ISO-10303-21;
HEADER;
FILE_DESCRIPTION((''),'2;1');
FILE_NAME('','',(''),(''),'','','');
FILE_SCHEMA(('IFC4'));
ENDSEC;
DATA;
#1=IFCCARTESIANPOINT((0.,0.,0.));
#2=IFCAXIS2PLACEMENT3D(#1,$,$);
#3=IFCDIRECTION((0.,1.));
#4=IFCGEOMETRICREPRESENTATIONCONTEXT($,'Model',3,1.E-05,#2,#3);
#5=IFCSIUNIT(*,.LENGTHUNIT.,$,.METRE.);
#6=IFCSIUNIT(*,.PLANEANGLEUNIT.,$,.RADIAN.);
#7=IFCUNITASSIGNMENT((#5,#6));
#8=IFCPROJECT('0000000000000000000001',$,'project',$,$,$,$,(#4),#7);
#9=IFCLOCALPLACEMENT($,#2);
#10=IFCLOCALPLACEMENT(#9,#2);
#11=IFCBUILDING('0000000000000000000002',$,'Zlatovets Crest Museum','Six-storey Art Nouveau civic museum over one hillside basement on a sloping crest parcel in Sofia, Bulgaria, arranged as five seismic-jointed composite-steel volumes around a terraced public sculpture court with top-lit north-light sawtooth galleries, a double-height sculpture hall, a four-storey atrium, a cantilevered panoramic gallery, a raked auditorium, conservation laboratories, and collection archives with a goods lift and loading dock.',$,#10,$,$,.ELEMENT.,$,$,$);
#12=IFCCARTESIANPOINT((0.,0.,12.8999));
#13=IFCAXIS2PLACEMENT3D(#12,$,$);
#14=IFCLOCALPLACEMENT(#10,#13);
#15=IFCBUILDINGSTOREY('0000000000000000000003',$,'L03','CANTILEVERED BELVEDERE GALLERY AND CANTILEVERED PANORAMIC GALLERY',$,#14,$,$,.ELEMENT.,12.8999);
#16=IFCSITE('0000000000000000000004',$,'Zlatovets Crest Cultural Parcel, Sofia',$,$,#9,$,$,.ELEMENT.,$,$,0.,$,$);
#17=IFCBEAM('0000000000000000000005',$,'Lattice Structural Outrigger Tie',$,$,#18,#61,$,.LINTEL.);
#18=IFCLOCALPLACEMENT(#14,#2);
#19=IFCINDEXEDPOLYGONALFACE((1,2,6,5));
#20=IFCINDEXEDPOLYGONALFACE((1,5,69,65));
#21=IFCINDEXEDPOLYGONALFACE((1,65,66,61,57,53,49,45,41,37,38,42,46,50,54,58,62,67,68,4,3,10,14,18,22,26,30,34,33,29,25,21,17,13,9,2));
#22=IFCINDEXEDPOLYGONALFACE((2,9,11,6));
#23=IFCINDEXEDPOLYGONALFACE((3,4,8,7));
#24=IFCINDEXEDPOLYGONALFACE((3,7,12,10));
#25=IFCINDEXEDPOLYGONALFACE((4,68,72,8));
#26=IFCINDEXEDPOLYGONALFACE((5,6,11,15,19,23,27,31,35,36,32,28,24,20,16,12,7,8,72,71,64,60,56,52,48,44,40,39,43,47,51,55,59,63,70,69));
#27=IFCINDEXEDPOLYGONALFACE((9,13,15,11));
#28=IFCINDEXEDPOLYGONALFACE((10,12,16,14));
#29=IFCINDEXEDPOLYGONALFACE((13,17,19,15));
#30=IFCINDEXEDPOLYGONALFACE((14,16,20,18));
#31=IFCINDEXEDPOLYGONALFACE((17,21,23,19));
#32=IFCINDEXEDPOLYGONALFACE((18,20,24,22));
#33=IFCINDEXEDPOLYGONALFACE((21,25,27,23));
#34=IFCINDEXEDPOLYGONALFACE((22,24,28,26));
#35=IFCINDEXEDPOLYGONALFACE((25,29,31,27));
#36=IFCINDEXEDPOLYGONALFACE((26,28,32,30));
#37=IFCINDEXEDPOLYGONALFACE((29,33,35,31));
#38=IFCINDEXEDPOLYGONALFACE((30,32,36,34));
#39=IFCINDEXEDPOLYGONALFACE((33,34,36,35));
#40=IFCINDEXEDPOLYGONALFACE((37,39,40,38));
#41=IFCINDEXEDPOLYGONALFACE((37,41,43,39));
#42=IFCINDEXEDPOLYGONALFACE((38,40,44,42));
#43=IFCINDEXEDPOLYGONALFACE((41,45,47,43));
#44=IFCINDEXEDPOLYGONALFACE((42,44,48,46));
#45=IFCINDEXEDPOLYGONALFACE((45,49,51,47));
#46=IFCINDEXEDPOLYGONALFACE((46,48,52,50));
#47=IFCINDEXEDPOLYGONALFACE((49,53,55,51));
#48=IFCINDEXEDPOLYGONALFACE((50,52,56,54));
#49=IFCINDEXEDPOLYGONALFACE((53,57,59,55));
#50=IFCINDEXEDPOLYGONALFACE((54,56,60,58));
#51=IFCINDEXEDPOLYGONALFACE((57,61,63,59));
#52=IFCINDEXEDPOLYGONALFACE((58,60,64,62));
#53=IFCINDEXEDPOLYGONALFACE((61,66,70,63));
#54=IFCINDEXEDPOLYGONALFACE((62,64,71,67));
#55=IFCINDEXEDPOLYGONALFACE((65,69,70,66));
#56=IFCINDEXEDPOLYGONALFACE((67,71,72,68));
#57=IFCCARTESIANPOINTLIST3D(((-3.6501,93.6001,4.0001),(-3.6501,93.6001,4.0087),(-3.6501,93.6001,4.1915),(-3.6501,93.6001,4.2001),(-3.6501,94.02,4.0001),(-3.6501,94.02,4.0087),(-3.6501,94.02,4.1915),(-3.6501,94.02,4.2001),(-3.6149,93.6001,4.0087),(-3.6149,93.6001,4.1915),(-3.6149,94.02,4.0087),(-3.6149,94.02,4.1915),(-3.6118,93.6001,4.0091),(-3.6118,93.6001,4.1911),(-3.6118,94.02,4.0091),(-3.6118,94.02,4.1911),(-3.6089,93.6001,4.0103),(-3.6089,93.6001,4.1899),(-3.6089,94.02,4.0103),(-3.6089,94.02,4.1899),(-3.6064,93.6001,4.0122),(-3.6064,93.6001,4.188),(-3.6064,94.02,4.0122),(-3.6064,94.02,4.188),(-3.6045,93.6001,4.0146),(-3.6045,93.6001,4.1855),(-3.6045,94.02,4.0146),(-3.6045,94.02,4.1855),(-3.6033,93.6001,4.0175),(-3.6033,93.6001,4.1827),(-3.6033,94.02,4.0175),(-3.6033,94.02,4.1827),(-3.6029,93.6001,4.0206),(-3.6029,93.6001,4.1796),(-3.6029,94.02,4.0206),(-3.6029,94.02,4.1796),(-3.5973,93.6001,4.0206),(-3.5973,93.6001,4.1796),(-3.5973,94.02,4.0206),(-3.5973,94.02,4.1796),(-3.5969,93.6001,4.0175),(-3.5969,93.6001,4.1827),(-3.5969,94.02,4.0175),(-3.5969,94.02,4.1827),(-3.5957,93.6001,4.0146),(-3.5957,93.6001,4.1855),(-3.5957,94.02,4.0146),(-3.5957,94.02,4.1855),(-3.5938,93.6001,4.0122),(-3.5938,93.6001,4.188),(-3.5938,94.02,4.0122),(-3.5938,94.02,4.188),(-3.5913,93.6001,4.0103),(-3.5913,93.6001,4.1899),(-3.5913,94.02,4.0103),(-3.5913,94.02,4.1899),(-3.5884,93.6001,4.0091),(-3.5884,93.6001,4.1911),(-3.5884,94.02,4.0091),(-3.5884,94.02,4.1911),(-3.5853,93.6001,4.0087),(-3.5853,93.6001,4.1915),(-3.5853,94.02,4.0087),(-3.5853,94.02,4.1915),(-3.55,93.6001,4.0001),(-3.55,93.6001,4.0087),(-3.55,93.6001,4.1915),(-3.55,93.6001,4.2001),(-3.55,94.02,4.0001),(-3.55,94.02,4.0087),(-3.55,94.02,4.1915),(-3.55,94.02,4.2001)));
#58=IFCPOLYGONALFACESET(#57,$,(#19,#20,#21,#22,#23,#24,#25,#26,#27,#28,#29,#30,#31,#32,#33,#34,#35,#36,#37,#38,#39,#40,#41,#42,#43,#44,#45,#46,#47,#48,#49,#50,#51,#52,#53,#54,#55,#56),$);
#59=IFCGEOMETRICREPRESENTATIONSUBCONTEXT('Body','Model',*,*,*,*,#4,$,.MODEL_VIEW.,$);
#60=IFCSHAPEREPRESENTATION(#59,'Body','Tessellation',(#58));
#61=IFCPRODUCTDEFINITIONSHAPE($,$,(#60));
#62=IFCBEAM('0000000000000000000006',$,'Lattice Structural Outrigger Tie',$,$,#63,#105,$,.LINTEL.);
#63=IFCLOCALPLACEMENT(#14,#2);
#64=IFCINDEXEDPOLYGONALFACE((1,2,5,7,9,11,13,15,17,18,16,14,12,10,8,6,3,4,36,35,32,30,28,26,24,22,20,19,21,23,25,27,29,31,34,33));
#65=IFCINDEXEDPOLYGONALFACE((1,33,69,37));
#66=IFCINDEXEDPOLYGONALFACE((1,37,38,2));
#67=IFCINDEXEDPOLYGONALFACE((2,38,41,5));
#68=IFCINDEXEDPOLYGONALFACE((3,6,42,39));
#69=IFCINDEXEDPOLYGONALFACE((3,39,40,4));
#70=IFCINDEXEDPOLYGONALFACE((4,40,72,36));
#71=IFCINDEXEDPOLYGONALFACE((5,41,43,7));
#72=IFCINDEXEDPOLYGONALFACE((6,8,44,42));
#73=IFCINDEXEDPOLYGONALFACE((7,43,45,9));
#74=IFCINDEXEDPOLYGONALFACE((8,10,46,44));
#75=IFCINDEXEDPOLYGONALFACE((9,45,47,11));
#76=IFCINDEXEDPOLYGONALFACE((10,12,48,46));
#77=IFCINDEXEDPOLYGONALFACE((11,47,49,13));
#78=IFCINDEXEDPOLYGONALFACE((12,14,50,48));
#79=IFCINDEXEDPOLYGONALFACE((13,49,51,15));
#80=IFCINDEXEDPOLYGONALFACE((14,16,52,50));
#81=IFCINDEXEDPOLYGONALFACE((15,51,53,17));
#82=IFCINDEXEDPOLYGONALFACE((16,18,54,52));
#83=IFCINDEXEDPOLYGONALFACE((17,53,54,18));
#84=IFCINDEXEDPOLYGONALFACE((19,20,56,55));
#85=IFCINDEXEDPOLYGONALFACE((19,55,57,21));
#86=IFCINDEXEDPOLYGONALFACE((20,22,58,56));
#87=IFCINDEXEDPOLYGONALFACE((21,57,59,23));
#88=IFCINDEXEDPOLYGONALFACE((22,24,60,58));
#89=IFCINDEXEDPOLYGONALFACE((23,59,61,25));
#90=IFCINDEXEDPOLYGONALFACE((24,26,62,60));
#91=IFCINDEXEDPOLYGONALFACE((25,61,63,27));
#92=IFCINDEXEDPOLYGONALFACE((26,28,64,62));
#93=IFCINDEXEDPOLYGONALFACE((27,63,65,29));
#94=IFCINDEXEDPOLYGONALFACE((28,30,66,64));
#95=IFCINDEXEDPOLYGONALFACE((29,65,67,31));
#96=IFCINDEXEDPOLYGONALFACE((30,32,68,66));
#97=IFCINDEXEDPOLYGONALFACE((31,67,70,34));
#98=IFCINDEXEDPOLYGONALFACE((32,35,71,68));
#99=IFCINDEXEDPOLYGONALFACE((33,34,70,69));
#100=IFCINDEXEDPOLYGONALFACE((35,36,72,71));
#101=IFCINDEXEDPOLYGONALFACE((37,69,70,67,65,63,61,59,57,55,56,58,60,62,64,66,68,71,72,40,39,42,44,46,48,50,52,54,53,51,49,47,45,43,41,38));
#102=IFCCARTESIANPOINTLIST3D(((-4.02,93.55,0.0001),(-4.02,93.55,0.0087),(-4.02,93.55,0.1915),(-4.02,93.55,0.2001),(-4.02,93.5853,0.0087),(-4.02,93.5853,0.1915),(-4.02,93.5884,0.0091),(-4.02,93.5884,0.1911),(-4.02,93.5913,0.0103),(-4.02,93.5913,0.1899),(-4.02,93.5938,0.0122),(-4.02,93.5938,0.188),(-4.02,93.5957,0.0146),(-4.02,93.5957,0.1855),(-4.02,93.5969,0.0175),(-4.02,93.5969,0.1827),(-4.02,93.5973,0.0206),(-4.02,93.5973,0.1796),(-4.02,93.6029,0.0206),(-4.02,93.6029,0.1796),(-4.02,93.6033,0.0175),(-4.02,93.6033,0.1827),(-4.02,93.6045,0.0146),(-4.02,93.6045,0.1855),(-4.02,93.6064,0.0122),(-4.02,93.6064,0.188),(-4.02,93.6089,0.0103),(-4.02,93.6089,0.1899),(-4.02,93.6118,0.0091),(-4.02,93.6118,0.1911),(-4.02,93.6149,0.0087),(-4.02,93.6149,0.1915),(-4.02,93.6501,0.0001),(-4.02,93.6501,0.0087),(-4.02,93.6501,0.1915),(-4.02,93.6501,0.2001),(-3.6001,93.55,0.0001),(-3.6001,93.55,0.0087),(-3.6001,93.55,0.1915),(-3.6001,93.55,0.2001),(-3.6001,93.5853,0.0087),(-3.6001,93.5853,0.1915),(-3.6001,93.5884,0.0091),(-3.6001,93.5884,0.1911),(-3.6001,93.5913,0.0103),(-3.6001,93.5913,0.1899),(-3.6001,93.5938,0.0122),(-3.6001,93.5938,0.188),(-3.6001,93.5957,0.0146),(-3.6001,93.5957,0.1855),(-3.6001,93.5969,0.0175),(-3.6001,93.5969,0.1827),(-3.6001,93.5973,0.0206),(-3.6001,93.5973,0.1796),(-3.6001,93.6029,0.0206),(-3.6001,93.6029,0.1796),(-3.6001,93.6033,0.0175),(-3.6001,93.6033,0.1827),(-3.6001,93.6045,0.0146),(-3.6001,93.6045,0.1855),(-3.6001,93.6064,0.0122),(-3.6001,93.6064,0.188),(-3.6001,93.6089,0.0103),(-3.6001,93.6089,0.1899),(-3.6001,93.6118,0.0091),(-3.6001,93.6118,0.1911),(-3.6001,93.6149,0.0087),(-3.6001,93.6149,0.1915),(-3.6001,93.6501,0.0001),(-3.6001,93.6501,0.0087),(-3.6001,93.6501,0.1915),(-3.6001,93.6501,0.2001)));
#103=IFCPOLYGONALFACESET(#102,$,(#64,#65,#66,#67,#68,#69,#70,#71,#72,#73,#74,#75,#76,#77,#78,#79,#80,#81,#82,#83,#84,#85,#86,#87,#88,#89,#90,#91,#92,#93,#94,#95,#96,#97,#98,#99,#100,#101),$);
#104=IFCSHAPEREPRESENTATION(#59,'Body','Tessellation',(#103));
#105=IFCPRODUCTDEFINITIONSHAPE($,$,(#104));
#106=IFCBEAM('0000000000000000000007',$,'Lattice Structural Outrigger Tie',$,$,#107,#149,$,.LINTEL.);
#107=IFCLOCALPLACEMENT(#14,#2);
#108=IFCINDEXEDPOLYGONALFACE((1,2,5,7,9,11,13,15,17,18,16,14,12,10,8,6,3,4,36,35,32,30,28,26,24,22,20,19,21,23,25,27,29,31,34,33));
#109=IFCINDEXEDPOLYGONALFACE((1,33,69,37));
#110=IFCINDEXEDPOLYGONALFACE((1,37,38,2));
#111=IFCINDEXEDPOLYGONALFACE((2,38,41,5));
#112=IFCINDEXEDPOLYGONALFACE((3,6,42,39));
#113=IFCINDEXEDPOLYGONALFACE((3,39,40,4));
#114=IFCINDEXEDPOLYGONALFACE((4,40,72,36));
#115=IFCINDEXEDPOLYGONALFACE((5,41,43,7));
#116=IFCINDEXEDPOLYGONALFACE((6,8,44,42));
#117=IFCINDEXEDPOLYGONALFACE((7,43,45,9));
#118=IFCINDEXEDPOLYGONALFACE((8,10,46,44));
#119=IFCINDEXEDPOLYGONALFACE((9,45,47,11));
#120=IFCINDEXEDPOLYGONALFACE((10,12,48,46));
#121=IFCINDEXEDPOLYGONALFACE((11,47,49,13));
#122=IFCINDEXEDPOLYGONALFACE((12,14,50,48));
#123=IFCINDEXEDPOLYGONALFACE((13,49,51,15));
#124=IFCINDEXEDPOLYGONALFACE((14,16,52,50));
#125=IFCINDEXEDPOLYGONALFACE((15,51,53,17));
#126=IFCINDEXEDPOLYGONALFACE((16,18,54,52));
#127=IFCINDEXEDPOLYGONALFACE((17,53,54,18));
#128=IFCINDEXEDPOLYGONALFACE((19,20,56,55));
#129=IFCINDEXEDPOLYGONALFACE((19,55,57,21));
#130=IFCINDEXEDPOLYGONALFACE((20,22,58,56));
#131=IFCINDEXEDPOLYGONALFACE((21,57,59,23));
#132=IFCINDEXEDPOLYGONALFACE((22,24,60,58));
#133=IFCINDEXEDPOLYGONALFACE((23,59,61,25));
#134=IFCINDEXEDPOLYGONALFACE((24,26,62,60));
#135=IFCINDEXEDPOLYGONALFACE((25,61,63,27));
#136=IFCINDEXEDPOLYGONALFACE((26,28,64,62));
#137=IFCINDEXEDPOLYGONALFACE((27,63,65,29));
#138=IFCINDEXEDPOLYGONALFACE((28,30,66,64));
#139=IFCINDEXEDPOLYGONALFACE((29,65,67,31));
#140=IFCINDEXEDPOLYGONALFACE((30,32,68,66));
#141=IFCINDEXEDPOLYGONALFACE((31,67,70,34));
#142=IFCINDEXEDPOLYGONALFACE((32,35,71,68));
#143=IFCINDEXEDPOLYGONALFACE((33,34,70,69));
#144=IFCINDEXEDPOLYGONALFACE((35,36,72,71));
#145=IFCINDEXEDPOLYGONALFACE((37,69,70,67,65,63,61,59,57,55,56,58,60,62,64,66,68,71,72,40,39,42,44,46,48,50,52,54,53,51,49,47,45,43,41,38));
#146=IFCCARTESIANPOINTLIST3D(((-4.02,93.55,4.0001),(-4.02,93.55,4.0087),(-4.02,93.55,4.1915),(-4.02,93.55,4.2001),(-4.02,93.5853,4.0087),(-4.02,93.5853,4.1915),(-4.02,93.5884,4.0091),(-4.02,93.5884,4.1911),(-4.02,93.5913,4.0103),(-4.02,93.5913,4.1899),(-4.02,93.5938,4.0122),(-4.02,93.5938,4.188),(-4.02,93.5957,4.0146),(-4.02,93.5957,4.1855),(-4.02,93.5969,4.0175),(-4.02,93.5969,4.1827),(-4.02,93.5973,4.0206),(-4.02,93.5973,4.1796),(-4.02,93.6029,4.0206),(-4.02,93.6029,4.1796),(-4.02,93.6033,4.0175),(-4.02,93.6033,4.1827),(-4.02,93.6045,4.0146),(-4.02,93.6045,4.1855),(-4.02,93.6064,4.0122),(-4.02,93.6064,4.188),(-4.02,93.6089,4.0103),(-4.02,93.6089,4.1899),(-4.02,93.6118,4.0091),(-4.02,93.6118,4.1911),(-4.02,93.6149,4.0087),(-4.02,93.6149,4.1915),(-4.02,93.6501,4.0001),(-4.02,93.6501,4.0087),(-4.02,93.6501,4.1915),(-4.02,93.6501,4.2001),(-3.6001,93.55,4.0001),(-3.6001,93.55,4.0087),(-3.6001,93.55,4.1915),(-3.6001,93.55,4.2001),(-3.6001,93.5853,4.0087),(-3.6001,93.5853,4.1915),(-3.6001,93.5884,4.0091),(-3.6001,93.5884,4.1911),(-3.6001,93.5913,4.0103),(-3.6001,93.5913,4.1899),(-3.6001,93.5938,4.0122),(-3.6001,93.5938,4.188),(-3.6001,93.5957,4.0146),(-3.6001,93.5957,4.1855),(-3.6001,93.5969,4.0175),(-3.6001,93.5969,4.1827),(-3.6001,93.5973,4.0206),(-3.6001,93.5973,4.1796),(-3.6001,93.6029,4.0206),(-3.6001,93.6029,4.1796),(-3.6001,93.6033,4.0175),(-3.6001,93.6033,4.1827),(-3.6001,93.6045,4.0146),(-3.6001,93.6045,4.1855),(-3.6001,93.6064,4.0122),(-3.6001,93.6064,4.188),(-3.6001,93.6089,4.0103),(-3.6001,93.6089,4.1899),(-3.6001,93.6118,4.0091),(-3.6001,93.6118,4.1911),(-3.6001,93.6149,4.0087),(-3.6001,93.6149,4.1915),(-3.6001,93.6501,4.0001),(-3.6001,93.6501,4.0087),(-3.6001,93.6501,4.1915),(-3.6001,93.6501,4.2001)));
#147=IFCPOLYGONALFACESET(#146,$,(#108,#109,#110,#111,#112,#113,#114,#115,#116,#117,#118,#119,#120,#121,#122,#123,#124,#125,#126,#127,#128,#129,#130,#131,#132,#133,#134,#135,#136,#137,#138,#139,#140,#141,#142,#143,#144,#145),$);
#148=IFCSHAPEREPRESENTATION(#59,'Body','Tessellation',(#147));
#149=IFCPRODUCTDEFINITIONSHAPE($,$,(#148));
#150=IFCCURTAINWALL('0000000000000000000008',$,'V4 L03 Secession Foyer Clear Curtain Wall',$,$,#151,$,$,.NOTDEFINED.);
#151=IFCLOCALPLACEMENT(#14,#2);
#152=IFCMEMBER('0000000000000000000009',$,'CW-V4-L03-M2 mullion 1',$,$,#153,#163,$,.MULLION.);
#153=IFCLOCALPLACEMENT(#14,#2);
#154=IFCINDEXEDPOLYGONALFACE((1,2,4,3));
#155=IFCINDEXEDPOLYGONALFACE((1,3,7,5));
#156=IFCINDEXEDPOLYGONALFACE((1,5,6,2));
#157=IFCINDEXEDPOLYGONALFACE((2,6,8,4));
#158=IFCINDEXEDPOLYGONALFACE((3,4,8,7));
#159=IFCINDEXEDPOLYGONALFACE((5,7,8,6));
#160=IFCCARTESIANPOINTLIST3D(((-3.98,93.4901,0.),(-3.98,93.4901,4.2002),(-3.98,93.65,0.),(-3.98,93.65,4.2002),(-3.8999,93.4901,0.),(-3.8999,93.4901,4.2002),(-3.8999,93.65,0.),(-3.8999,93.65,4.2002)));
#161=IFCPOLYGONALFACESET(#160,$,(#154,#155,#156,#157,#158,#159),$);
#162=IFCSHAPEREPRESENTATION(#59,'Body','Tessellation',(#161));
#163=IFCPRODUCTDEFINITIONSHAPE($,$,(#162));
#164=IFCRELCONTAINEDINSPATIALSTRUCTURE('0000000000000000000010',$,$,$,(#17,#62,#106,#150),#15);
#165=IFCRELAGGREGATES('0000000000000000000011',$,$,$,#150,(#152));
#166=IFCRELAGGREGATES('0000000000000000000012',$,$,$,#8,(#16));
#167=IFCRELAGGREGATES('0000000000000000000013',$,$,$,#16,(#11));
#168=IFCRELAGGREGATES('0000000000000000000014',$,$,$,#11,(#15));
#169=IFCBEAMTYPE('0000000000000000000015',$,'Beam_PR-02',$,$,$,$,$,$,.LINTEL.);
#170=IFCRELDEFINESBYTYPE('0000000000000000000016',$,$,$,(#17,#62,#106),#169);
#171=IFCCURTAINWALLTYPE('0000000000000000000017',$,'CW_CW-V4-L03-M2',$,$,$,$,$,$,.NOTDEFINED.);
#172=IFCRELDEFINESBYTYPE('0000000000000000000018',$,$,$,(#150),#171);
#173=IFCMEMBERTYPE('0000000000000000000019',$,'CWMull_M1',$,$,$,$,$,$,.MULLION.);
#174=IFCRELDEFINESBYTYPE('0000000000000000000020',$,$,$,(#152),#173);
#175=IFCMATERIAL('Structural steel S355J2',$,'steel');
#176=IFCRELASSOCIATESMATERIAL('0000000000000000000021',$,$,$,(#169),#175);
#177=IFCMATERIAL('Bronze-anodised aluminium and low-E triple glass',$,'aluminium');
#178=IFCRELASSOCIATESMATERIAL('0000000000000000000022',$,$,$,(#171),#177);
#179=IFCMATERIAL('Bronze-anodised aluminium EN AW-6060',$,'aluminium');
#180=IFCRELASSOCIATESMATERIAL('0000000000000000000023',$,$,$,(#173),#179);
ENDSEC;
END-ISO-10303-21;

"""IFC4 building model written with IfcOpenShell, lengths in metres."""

from ifc_helpers import new_model, si_unit, direction, frame, origin, origin_2d, place, context, subcontext, project, spatial, rectangle, i_section, extrude, material, material_profile, profile_set, type_object, element, aggregate, save


model = new_model("IFC4")

# Units and contexts
model_context = context("Model", 3, precision=1e-05, world=origin(), true_north=direction((0.0, 1.0)))
body_context = subcontext(model_context, "Body", "Model", "MODEL_VIEW")
ifc_project = project(units=[si_unit("LENGTHUNIT", "METRE"), si_unit("PLANEANGLEUNIT", "RADIAN")], contexts=[model_context])

# Site, building, storey
site_placement = place(None, origin())
site = spatial("IfcSite", under=ifc_project, at=site_placement, Name="Zlatovets Crest Cultural Parcel, Sofia", CompositionType="ELEMENT", RefElevation=0.0)
building_placement = place(site_placement, origin())
building = spatial("IfcBuilding", under=site, at=building_placement, Name="Zlatovets Crest Museum", Description="Six-storey Art Nouveau civic museum over one hillside basement on a sloping crest parcel in Sofia, Bulgaria, arranged as five seismic-jointed composite-steel volumes around a terraced public sculpture court with top-lit north-light sawtooth galleries, a double-height sculpture hall, a four-storey atrium, a cantilevered panoramic gallery, a raked auditorium, conservation laboratories, and collection archives with a goods lift and loading dock.", CompositionType="ELEMENT")
storey_placement = place(building_placement, frame((0.0, 0.0, 12.8999)))
storey = spatial("IfcBuildingStorey", under=building, at=storey_placement, Name="L03", Description="CANTILEVERED BELVEDERE GALLERY AND CANTILEVERED PANORAMIC GALLERY", CompositionType="ELEMENT", Elevation=12.8999)

# Beams
ifc_material_1 = material(Name="Structural steel S355J2", Category="steel")
ifc_material_profile_1 = material_profile(ifc_material_1, i_section(OverallWidth=0.1001, OverallDepth=0.2, WebThickness=0.0056, FlangeThickness=0.0085, FilletRadius=0.012, at=origin_2d()), Name="IPE 200")
ifc_profile_set_1 = profile_set([ifc_material_profile_1], Name="Structural steel S355J2")
beam_type_1 = type_object("IfcBeamType", Name="Beam_PR-02", PredefinedType="LINTEL", material=ifc_profile_set_1)
for number, where, z_axis, x_axis, name in (
    (1, (-3.6001, 93.6001, 4.1001), (0.0, 1.0, 0.0), (-1.0, 0.0, 0.0), "Lattice Structural Outrigger Tie"),
    (2, (-3.6001, 93.6001, 0.1001), (-1.0, 0.0, 0.0), (0.0, -1.0, 0.0), "Lattice Structural Outrigger Tie"),
    (3, (-3.6001, 93.6001, 4.1001), (-1.0, 0.0, 0.0), (0.0, -1.0, 0.0), "Lattice Structural Outrigger Tie"),
):
    element("IfcBeam", number, at=place(storey_placement, frame(where, z_axis=z_axis, x_axis=x_axis)), inside=storey, type_object=beam_type_1, Name=name, PredefinedType="LINTEL", context=body_context, shape_type="SweptSolid", body=[
        extrude(i_section(OverallWidth=0.1001, OverallDepth=0.2, WebThickness=0.0056, FlangeThickness=0.0085, FilletRadius=0.012, at=origin_2d()), origin(), (0.0, 0.0, 1.0), 0.4199),
    ])

# Curtain wall, member
ifc_material_2 = material(Name="Bronze-anodised aluminium and low-E triple glass", Category="aluminium")
curtain_wall_type = type_object("IfcCurtainWallType", Name="CW_CW-V4-L03-M2", PredefinedType="NOTDEFINED", material=ifc_material_2)
curtain_wall_placement = place(storey_placement, origin())
curtain_wall = element("IfcCurtainWall", 4, at=curtain_wall_placement, inside=storey, type_object=curtain_wall_type, Name="V4 L03 Secession Foyer Clear Curtain Wall", PredefinedType="NOTDEFINED")
ifc_material_3 = material(Name="Bronze-anodised aluminium EN AW-6060", Category="aluminium")
ifc_material_profile_2 = material_profile(ifc_material_3, rectangle(XDim=0.0801, YDim=0.1599, at=origin_2d()), Name="ALU 80x160")
ifc_profile_set_2 = profile_set([ifc_material_profile_2], Name="Bronze-anodised aluminium EN AW-6060")
member_type_1 = type_object("IfcMemberType", Name="CWMull_M1", PredefinedType="MULLION", material=ifc_profile_set_2)
member_1_placement = place(storey_placement, frame((-3.9399, 93.5701, 0.0), z_axis=(0.0, 0.0, 1.0), x_axis=(1.0, 0.0, 0.0)))
member_1 = element("IfcMember", 5, at=member_1_placement, type_object=member_type_1, Name="CW-V4-L03-M2 mullion 1", PredefinedType="MULLION", context=body_context, shape_type="SweptSolid", body=[
    extrude(rectangle(XDim=0.0801, YDim=0.1599, at=origin_2d()), origin(), (0.0, 0.0, 1.0), 4.2002),
])
aggregate(curtain_wall, [member_1])

save(model, "model.ifc")
